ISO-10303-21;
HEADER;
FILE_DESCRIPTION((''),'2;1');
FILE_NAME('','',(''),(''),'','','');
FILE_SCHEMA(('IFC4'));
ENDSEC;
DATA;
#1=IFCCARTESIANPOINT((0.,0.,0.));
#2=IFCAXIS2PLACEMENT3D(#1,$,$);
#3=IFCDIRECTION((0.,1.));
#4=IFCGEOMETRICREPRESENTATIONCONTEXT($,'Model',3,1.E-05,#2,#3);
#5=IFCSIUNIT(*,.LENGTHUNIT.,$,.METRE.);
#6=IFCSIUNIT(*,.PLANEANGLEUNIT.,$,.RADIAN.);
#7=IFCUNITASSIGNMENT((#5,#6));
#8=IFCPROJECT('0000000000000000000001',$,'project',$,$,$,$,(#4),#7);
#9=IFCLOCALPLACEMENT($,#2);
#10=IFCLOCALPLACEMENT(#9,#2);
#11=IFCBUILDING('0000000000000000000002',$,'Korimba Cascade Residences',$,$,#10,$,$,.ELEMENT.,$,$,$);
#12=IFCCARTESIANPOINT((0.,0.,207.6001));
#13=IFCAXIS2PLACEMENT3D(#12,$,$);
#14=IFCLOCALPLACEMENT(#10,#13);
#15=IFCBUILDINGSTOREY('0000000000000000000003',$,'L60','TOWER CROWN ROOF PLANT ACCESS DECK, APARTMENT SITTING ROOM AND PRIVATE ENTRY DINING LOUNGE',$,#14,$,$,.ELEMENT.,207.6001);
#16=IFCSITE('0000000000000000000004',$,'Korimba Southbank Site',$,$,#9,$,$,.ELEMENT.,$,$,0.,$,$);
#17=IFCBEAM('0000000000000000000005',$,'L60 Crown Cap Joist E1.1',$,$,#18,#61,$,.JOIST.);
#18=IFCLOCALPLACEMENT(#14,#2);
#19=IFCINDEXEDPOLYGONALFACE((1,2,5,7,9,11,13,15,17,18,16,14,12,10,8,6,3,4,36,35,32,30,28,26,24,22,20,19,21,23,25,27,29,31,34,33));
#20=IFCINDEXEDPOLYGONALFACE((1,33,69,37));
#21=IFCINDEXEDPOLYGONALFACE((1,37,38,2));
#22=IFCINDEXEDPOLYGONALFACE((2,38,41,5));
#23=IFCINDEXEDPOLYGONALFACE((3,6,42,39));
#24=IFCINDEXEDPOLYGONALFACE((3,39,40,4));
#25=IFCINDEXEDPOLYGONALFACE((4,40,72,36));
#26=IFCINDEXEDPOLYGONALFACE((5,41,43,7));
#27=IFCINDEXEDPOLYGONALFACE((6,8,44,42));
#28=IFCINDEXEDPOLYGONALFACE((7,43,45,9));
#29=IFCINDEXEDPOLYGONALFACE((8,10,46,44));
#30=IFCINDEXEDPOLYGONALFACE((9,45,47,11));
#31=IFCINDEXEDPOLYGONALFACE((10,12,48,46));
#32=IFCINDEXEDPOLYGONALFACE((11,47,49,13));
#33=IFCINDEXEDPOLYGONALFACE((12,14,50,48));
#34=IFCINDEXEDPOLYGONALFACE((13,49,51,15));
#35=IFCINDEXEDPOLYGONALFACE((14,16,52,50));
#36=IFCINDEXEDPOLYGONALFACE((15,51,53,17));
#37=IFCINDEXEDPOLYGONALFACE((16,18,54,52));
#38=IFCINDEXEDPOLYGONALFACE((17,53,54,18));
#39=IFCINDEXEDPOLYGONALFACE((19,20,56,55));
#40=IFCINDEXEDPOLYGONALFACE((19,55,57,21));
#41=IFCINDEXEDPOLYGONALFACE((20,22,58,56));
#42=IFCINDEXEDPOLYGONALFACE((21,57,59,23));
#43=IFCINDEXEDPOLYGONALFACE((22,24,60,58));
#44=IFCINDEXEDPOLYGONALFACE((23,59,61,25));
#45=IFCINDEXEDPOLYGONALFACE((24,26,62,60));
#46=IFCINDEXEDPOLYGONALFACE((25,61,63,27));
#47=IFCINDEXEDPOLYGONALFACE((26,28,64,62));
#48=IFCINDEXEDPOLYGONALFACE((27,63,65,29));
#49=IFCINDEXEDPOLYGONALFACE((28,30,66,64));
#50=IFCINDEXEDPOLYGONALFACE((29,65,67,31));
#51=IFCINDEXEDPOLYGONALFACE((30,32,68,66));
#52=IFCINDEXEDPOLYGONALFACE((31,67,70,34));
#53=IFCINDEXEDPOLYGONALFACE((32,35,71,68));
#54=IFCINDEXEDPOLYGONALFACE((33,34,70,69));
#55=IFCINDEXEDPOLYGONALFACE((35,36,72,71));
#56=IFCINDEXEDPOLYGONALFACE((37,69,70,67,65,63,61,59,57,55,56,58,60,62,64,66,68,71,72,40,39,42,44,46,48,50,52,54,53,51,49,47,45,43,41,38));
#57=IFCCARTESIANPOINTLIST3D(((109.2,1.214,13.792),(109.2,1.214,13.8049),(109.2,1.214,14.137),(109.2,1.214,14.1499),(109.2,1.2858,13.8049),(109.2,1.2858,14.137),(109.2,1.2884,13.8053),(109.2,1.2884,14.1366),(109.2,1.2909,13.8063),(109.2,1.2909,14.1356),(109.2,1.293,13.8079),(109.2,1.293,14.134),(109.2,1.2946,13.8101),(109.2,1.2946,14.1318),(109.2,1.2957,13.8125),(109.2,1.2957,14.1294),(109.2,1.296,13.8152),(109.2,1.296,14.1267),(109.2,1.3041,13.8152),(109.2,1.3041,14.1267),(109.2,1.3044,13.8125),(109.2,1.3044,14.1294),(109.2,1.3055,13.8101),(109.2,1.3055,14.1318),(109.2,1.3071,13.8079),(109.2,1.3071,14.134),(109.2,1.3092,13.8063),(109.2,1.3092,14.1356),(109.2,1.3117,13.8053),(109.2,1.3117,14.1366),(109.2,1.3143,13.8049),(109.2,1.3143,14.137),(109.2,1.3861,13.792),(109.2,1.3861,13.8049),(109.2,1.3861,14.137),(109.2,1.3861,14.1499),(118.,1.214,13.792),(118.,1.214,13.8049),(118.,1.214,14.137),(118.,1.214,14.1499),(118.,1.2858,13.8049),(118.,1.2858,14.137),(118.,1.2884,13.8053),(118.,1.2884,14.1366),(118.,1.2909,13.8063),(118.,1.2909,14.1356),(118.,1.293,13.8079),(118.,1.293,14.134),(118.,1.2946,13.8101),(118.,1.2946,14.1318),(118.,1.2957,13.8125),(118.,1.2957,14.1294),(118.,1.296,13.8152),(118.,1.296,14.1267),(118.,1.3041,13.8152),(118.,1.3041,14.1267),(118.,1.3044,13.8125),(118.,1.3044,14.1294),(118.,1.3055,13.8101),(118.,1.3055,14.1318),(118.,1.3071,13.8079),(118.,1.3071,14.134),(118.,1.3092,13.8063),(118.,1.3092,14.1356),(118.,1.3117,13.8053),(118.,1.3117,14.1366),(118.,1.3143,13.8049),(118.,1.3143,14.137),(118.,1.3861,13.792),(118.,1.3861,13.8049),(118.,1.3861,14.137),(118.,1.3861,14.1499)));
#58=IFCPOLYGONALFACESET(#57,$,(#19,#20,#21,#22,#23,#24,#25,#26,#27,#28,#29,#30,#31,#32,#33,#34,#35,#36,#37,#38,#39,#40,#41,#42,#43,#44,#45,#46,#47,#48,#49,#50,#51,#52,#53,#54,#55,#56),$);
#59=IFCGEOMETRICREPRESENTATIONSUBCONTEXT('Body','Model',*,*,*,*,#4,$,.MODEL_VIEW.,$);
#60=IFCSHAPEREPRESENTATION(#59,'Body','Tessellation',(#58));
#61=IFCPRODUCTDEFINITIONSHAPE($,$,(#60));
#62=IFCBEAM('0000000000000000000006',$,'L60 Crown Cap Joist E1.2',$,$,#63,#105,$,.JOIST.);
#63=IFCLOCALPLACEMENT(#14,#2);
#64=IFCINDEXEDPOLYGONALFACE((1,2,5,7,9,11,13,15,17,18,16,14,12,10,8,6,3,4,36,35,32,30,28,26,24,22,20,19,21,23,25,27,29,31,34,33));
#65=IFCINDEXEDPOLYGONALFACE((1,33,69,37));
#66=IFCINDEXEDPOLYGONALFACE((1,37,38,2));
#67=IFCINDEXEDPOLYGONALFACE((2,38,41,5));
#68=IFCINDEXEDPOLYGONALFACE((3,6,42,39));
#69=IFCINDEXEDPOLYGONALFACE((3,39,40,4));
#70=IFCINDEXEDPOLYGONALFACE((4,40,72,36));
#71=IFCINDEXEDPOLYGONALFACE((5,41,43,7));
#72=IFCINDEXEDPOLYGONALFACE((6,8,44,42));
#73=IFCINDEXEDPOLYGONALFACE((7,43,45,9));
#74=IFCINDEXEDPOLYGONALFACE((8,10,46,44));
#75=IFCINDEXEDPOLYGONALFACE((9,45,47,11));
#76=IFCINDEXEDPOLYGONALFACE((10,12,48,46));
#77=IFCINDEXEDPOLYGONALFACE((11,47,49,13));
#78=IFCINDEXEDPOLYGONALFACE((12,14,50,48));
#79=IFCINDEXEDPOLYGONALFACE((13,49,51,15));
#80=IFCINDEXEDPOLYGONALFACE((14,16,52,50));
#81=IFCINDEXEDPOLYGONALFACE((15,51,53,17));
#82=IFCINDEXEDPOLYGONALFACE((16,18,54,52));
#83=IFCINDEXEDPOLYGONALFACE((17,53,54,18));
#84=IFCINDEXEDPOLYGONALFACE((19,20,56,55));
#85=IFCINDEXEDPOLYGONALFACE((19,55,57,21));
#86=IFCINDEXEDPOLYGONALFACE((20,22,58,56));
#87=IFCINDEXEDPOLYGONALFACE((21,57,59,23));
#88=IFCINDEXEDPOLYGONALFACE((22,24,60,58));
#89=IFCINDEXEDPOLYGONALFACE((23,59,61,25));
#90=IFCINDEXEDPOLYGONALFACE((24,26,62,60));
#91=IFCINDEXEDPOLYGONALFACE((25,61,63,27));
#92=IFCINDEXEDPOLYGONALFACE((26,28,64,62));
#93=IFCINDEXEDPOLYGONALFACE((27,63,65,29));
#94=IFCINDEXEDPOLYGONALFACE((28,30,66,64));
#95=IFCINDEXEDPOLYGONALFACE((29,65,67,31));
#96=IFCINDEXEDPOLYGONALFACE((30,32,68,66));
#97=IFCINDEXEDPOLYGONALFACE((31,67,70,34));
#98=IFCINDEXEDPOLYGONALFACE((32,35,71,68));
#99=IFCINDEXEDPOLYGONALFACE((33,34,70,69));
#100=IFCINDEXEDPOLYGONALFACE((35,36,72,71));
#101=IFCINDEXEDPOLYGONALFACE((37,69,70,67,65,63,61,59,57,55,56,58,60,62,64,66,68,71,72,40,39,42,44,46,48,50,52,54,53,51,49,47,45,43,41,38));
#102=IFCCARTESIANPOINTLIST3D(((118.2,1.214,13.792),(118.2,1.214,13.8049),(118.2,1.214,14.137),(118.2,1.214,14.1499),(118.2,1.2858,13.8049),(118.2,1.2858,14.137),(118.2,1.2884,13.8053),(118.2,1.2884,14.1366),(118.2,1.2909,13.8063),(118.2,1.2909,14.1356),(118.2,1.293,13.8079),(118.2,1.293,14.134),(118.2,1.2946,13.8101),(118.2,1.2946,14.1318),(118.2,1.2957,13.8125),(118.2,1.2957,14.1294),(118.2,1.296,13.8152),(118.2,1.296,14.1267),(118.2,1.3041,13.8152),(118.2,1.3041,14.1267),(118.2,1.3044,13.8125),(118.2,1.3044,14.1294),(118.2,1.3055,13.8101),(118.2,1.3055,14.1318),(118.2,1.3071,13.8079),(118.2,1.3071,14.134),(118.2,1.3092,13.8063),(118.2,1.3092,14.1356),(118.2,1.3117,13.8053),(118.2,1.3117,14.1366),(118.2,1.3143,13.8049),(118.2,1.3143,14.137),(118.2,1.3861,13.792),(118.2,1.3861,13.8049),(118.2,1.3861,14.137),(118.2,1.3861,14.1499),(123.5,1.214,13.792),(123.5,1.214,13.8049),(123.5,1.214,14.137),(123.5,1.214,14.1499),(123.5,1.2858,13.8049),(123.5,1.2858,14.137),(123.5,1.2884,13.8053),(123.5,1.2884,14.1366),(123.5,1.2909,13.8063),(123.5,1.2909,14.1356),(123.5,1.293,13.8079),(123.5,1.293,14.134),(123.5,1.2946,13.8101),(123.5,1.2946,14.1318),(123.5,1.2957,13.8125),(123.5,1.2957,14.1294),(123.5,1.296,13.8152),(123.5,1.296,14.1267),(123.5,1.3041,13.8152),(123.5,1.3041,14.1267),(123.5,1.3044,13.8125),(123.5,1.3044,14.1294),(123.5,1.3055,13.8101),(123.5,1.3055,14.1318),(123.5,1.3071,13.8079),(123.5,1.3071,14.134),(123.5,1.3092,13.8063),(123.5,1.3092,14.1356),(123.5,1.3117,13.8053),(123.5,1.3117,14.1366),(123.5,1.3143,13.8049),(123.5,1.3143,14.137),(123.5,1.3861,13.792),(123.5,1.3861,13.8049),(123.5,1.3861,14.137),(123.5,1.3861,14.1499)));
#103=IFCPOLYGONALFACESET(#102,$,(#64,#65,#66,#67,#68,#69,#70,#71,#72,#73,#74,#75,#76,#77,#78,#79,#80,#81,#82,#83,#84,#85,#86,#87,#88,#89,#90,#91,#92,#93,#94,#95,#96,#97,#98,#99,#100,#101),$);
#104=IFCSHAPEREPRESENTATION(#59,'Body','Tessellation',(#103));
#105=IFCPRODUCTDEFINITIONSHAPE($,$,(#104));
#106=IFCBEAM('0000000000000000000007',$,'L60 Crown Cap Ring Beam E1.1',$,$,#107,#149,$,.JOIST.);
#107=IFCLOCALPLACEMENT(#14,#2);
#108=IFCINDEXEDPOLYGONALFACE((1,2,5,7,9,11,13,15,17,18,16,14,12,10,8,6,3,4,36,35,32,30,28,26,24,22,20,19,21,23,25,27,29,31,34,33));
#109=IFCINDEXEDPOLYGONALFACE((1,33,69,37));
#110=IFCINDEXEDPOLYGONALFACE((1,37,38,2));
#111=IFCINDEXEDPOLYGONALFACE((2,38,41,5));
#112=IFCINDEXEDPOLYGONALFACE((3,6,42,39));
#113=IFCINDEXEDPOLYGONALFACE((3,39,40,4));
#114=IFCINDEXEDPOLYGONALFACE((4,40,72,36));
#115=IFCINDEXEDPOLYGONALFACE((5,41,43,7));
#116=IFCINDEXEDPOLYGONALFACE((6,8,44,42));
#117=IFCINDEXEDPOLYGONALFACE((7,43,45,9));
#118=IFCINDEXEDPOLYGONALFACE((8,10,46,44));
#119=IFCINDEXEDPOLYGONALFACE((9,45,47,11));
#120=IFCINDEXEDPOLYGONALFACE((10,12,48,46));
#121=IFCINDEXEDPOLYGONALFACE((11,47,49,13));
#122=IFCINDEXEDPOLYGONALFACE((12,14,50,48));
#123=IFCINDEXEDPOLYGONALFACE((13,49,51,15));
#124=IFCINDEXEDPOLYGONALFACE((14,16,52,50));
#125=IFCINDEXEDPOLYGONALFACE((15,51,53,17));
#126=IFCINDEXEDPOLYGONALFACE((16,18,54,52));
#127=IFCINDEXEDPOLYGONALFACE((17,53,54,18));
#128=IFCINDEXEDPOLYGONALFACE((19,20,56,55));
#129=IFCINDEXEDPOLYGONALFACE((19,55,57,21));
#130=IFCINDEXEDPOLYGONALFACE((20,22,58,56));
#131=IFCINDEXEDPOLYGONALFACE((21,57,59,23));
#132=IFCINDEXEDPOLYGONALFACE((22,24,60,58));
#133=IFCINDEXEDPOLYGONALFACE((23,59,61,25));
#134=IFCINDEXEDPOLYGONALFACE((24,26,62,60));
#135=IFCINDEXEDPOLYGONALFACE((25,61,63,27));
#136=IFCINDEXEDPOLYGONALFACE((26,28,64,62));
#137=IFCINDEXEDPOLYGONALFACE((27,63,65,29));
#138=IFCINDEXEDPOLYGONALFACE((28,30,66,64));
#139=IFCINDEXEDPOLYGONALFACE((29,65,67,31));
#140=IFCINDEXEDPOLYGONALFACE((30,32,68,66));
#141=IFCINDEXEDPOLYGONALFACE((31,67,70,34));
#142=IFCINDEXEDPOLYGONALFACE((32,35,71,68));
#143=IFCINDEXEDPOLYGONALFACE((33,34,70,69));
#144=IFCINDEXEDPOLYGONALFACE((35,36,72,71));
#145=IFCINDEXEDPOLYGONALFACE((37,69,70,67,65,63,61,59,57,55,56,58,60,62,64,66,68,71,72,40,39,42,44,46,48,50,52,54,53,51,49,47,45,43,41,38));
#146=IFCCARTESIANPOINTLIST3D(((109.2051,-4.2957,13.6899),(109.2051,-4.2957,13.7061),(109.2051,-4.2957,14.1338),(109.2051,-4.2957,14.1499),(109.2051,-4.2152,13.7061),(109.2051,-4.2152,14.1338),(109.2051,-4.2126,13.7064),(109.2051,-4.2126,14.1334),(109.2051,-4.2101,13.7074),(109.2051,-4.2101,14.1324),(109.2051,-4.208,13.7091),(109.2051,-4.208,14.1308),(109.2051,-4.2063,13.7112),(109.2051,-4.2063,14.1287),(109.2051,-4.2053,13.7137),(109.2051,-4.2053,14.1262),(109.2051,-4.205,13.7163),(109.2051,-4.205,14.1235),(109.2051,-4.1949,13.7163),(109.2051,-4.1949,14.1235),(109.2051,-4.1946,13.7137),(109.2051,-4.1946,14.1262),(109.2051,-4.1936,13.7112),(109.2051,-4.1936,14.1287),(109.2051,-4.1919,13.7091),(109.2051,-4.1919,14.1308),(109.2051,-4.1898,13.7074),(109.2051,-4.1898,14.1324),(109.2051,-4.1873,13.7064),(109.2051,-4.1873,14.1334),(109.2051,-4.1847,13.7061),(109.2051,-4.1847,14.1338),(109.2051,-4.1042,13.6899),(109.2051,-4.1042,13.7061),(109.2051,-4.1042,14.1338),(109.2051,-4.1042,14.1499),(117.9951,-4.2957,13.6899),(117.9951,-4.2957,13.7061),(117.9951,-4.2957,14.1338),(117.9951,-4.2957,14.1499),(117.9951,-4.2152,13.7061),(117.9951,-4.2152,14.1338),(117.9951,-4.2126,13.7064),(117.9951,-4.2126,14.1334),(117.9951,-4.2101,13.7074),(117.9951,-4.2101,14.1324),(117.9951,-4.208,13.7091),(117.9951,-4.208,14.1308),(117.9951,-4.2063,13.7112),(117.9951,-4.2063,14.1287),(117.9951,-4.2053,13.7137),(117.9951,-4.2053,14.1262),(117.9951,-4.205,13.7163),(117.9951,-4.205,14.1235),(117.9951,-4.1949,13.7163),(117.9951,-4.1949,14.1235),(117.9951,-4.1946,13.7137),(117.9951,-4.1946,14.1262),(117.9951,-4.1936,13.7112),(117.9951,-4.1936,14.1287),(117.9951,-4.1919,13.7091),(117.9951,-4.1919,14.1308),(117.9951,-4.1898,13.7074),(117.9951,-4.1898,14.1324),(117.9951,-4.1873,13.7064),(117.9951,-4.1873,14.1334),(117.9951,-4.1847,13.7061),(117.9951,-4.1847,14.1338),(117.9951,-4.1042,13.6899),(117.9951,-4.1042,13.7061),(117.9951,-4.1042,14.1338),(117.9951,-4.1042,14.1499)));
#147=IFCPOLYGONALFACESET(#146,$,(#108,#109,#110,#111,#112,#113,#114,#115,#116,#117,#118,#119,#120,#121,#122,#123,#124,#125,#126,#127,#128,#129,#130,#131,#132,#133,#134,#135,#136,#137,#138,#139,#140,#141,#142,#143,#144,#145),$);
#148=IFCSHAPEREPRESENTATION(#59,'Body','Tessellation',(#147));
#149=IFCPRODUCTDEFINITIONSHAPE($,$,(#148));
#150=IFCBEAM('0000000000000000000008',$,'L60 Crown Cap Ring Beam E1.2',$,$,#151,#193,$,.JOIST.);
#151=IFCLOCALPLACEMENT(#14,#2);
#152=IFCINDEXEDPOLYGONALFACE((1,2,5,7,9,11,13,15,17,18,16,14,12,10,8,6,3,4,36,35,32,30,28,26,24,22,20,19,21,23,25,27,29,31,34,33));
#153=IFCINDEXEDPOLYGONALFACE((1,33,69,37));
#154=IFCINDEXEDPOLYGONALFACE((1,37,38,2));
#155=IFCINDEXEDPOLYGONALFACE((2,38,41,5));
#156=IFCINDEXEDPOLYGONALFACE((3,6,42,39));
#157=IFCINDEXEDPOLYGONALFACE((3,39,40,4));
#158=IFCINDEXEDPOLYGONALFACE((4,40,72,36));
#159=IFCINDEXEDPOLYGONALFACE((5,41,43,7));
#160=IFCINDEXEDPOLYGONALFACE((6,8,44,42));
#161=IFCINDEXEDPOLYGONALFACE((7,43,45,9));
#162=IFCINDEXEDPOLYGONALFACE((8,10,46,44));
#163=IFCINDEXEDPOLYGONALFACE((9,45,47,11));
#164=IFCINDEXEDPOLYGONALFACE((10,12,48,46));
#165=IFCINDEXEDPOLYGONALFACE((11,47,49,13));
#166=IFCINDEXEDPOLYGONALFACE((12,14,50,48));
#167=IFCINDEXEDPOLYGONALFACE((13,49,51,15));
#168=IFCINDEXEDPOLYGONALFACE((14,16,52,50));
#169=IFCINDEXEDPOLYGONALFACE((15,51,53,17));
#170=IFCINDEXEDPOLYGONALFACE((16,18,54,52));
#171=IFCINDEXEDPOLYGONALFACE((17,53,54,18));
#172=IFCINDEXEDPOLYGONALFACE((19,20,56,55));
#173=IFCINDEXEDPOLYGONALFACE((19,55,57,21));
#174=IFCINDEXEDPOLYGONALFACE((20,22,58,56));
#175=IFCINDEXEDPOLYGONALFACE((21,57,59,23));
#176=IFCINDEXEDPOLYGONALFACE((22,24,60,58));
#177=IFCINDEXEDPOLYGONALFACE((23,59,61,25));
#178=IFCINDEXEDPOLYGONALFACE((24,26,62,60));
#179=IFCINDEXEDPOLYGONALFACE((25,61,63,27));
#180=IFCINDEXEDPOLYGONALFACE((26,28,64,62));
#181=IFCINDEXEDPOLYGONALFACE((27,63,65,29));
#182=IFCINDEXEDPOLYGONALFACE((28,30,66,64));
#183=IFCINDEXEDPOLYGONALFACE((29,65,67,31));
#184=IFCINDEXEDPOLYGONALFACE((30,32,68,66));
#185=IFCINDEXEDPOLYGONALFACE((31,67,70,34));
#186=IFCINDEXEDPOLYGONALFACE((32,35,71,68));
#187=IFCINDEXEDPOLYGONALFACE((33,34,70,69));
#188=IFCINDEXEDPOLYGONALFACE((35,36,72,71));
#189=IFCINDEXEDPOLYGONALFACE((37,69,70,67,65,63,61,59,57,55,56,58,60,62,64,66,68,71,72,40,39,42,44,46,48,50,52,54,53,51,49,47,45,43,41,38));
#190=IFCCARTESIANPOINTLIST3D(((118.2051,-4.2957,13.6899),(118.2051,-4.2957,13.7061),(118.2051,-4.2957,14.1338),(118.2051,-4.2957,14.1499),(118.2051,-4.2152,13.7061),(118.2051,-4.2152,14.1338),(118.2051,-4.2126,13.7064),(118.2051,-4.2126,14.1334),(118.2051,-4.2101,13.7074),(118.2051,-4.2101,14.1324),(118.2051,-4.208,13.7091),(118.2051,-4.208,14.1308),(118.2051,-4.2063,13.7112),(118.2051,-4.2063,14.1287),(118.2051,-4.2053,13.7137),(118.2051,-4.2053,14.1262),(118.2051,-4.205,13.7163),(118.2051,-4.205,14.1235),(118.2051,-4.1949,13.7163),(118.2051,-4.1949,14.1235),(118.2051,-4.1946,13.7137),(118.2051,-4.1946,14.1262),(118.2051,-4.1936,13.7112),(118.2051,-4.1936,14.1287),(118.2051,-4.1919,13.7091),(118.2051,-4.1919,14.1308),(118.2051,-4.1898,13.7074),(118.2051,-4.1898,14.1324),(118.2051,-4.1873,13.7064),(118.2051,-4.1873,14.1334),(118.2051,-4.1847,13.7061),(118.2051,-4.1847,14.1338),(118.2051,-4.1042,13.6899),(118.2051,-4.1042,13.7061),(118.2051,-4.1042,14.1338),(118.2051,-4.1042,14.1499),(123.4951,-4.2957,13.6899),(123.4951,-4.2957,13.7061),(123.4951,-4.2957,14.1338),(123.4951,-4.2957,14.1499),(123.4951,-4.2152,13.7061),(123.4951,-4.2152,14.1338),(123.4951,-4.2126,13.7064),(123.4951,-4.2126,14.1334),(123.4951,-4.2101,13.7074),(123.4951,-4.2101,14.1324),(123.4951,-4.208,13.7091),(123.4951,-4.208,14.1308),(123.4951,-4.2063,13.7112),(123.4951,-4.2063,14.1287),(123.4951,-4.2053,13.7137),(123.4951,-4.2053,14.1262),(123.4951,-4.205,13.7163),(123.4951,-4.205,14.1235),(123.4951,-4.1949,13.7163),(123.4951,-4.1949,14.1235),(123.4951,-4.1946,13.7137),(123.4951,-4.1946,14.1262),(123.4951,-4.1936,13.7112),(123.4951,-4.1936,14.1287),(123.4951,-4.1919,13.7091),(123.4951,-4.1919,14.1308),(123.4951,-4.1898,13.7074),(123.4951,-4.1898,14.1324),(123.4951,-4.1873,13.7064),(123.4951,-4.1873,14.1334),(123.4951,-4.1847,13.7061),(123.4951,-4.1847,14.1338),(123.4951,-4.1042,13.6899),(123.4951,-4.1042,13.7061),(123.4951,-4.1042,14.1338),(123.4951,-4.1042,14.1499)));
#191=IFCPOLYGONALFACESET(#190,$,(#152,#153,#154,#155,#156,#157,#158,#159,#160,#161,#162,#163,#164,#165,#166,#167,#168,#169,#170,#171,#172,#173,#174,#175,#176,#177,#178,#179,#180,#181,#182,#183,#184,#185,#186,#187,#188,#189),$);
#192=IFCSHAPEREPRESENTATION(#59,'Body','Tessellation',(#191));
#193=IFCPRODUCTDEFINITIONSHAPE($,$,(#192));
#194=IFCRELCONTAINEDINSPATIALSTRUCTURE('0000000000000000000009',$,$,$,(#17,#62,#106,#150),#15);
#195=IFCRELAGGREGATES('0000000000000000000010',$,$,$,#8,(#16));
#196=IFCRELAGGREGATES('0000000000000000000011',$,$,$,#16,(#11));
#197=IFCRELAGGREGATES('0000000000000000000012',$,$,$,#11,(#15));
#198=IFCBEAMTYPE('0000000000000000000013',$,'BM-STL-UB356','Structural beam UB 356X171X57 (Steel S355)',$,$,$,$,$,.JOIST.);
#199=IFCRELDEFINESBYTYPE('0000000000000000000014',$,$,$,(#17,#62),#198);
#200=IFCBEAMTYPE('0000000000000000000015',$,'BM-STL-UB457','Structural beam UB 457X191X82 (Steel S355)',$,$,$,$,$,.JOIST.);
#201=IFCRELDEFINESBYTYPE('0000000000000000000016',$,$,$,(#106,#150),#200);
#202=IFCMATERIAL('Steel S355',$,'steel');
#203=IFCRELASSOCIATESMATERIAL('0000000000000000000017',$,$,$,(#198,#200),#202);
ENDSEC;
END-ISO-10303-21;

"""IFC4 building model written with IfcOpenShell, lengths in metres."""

from ifc_helpers import new_model, si_unit, direction, frame, origin, origin_2d, place, context, subcontext, project, spatial, i_section, extrude, material, material_profile, profile_set, type_object, element, save


model = new_model("IFC4")

# Units and contexts
model_context = context("Model", 3, precision=1e-05, world=origin(), true_north=direction((0.0, 1.0)))
body_context = subcontext(model_context, "Body", "Model", "MODEL_VIEW")
ifc_project = project(units=[si_unit("LENGTHUNIT", "METRE"), si_unit("PLANEANGLEUNIT", "RADIAN")], contexts=[model_context])

# Site, building, storey
site_placement = place(None, origin())
site = spatial("IfcSite", under=ifc_project, at=site_placement, Name="Korimba Southbank Site", CompositionType="ELEMENT", RefElevation=0.0)
building_placement = place(site_placement, origin())
building = spatial("IfcBuilding", under=site, at=building_placement, Name="Korimba Cascade Residences", CompositionType="ELEMENT")
storey_placement = place(building_placement, frame((0.0, 0.0, 207.6001)))
storey = spatial("IfcBuildingStorey", under=building, at=storey_placement, Name="L60", Description="TOWER CROWN ROOF PLANT ACCESS DECK, APARTMENT SITTING ROOM AND PRIVATE ENTRY DINING LOUNGE", CompositionType="ELEMENT", Elevation=207.6001)

# Shared definitions
ifc_material_1 = material(Name="Steel S355", Category="steel")

# Beams
ifc_material_profile_1 = material_profile(ifc_material_1, i_section(OverallWidth=0.1721, OverallDepth=0.3579, WebThickness=0.0081, FlangeThickness=0.0129, FilletRadius=0.0103, at=origin_2d()), Name="Steel S355")
ifc_profile_set_1 = profile_set([ifc_material_profile_1], Name="Steel S355")
beam_type_1 = type_object("IfcBeamType", Name="BM-STL-UB356", Description="Structural beam UB 356X171X57 (Steel S355)", PredefinedType="JOIST", material=ifc_profile_set_1)
beam_1_placement = place(storey_placement, frame((109.2, 1.3, 13.9709), z_axis=(1.0, 0.0, 0.0), x_axis=(0.0, 1.0, 0.0)))
element("IfcBeam", 1, at=beam_1_placement, inside=storey, type_object=beam_type_1, Name="L60 Crown Cap Joist E1.1", PredefinedType="JOIST", context=body_context, shape_type="SweptSolid", body=[
    extrude(i_section(OverallWidth=0.1721, OverallDepth=0.3579, WebThickness=0.0081, FlangeThickness=0.0129, FilletRadius=0.0103, at=origin_2d()), origin(), (0.0, 0.0, 1.0), 8.8),
])
beam_2_placement = place(storey_placement, frame((118.2, 1.3, 13.9709), z_axis=(1.0, 0.0, 0.0), x_axis=(0.0, 1.0, 0.0)))
element("IfcBeam", 2, at=beam_2_placement, inside=storey, type_object=beam_type_1, Name="L60 Crown Cap Joist E1.2", PredefinedType="JOIST", context=body_context, shape_type="SweptSolid", body=[
    extrude(i_section(OverallWidth=0.1721, OverallDepth=0.3579, WebThickness=0.0081, FlangeThickness=0.0129, FilletRadius=0.0103, at=origin_2d()), origin(), (0.0, 0.0, 1.0), 5.3),
])
ifc_material_profile_2 = material_profile(ifc_material_1, i_section(OverallWidth=0.1914, OverallDepth=0.46, WebThickness=0.01, FlangeThickness=0.0161, FilletRadius=0.0103, at=origin_2d()), Name="Steel S355")
ifc_profile_set_2 = profile_set([ifc_material_profile_2], Name="Steel S355")
beam_type_2 = type_object("IfcBeamType", Name="BM-STL-UB457", Description="Structural beam UB 457X191X82 (Steel S355)", PredefinedType="JOIST", material=ifc_profile_set_2)
beam_3_placement = place(storey_placement, frame((109.2051, -4.2, 13.9199), z_axis=(1.0, 0.0, 0.0), x_axis=(0.0, 1.0, 0.0)))
element("IfcBeam", 3, at=beam_3_placement, inside=storey, type_object=beam_type_2, Name="L60 Crown Cap Ring Beam E1.1", PredefinedType="JOIST", context=body_context, shape_type="SweptSolid", body=[
    extrude(i_section(OverallWidth=0.1914, OverallDepth=0.46, WebThickness=0.01, FlangeThickness=0.0161, FilletRadius=0.0103, at=origin_2d()), origin(), (0.0, 0.0, 1.0), 8.79),
])
beam_4_placement = place(storey_placement, frame((118.2051, -4.2, 13.9199), z_axis=(1.0, 0.0, 0.0), x_axis=(0.0, 1.0, 0.0)))
element("IfcBeam", 4, at=beam_4_placement, inside=storey, type_object=beam_type_2, Name="L60 Crown Cap Ring Beam E1.2", PredefinedType="JOIST", context=body_context, shape_type="SweptSolid", body=[
    extrude(i_section(OverallWidth=0.1914, OverallDepth=0.46, WebThickness=0.01, FlangeThickness=0.0161, FilletRadius=0.0103, at=origin_2d()), origin(), (0.0, 0.0, 1.0), 5.29),
])

save(model, "model.ifc")
